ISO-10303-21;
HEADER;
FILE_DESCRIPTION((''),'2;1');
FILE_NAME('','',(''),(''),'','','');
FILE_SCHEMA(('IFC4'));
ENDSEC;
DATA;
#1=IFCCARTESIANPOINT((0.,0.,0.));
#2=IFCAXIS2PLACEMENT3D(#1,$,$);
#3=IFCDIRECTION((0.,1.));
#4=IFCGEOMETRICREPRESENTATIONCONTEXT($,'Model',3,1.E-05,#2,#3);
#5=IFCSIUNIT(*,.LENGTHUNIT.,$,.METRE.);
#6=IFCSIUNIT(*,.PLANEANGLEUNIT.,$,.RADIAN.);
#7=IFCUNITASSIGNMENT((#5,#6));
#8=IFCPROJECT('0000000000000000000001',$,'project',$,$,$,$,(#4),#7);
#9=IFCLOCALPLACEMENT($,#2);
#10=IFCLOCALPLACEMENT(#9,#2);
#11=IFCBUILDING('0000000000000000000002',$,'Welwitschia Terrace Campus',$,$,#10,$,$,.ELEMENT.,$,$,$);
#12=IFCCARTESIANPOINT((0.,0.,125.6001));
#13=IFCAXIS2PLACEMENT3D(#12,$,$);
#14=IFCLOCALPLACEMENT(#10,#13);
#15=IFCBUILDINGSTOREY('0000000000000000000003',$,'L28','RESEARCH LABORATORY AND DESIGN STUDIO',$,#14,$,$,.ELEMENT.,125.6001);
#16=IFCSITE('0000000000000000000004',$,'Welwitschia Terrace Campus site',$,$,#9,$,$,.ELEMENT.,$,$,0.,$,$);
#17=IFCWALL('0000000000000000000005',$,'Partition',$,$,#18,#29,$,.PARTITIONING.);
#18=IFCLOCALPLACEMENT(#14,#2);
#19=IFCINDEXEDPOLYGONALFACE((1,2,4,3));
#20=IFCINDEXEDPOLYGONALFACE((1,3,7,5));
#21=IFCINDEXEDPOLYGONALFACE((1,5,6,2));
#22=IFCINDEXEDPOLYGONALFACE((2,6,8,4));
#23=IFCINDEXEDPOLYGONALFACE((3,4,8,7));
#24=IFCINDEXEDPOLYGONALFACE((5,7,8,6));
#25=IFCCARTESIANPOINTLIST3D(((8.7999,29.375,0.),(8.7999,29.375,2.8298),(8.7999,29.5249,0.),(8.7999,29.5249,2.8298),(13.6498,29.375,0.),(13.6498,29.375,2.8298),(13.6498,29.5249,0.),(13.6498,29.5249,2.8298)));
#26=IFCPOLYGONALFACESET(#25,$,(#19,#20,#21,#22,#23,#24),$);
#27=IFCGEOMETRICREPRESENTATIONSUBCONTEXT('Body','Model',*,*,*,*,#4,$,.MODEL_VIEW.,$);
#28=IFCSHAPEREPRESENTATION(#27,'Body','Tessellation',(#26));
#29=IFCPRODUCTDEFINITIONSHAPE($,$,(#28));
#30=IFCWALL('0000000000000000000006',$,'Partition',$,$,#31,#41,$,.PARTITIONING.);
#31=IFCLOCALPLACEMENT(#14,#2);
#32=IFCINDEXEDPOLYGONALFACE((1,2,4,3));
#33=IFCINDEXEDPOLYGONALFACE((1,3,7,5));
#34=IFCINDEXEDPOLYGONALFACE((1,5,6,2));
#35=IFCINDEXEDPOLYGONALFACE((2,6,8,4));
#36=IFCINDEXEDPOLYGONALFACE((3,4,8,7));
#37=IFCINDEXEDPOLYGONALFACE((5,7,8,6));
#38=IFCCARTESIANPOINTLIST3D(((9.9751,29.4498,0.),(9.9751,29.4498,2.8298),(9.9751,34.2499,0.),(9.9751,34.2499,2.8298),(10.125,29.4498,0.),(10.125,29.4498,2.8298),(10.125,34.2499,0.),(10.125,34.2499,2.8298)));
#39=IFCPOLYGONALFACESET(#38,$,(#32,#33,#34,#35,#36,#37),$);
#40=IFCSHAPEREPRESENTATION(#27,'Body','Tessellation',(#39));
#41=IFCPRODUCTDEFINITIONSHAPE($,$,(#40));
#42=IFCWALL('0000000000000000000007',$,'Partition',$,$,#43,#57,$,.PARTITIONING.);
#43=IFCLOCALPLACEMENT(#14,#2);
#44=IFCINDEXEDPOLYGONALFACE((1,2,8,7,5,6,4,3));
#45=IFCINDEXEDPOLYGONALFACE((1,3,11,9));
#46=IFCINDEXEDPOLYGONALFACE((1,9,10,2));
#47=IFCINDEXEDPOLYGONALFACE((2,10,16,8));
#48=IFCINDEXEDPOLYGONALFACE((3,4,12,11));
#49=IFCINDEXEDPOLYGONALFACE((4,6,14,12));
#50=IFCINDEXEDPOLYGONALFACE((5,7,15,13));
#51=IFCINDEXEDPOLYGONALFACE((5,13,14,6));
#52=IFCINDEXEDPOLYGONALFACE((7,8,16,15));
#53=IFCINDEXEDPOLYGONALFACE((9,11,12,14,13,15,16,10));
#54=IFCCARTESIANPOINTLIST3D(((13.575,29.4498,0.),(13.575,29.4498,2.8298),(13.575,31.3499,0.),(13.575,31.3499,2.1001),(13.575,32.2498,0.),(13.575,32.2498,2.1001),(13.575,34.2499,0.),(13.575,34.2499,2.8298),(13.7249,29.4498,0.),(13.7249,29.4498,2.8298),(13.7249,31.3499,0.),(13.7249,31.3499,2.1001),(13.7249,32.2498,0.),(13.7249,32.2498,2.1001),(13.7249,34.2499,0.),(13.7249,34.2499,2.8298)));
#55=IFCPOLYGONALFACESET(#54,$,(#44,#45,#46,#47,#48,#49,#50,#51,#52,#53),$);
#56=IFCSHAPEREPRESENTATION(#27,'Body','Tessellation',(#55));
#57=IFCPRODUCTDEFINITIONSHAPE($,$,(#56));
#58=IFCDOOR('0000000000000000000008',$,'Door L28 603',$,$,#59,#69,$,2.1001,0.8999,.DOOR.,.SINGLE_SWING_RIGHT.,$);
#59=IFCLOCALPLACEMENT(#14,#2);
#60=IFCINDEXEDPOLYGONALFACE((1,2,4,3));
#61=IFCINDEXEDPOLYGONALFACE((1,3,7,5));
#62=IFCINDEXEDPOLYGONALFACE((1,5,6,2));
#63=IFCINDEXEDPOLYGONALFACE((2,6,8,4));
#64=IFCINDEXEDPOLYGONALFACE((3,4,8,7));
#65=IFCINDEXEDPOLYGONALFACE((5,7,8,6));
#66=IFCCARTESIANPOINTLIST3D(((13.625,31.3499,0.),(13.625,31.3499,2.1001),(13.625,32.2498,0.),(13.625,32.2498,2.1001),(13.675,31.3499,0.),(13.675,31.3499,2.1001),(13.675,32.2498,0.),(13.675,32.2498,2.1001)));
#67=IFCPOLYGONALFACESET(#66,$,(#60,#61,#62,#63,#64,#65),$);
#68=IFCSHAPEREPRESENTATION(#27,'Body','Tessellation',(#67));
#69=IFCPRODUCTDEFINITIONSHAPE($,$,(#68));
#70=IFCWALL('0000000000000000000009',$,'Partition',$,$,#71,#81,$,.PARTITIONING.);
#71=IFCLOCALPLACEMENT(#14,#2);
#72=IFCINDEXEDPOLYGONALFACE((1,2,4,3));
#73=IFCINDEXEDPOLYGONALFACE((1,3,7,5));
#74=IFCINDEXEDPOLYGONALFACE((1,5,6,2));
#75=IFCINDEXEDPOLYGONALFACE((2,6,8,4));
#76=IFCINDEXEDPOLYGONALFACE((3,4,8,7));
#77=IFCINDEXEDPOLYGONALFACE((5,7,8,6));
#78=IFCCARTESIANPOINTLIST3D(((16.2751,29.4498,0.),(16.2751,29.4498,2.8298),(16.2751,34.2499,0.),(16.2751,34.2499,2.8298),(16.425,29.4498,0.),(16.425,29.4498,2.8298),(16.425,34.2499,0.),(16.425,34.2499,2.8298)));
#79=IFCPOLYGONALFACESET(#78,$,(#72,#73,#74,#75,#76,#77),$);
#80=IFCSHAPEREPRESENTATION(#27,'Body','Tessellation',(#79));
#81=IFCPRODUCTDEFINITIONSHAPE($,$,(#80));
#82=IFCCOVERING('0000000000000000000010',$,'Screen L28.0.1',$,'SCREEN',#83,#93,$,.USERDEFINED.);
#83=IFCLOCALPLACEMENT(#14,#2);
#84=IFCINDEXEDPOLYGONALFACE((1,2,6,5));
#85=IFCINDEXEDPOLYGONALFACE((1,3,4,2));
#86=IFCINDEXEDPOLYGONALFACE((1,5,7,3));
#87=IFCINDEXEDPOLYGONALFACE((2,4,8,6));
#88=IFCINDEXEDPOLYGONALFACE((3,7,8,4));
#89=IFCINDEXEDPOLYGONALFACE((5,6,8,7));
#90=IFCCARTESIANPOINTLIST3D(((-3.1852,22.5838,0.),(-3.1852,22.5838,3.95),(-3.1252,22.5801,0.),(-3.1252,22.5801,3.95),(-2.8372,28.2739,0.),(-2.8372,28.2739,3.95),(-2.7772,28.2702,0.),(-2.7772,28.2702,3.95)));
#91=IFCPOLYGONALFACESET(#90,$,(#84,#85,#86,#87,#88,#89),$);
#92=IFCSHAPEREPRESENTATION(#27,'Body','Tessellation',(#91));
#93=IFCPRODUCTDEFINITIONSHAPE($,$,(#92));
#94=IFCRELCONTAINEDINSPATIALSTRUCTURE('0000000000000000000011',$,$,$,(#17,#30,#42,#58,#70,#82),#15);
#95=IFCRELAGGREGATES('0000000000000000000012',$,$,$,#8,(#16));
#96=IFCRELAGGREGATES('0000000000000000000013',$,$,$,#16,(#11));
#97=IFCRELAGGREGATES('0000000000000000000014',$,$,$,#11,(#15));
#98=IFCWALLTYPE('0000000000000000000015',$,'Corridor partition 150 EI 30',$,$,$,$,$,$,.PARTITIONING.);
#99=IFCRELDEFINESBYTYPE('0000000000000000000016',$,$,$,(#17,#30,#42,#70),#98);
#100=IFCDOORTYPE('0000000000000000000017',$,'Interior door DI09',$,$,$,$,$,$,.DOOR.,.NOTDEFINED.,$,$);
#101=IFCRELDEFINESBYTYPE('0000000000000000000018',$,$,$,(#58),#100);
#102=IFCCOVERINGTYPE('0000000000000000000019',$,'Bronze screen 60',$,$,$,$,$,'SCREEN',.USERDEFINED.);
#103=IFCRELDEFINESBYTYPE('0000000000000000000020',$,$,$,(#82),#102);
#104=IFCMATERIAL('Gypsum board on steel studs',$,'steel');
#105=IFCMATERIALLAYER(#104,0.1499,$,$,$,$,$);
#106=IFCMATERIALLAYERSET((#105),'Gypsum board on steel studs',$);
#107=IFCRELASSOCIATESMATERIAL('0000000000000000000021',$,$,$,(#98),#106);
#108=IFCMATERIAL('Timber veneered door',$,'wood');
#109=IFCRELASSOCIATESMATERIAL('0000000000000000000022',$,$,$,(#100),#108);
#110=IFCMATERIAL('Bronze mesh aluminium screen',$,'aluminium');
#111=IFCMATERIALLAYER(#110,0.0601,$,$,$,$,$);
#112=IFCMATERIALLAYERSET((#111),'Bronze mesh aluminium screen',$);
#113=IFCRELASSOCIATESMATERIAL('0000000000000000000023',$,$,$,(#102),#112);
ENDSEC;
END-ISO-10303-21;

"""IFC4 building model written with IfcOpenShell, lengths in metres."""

from ifc_helpers import new_model, si_unit, direction, frame, frame_2d, origin, origin_2d, place, context, subcontext, project, spatial, rectangle, extrude, material, layer, layer_set, type_object, element, fill, save


model = new_model("IFC4")

# Units and contexts
model_context = context("Model", 3, precision=1e-05, world=origin(), true_north=direction((0.0, 1.0)))
body_context = subcontext(model_context, "Body", "Model", "MODEL_VIEW")
ifc_project = project(units=[si_unit("LENGTHUNIT", "METRE"), si_unit("PLANEANGLEUNIT", "RADIAN")], contexts=[model_context])

# Site, building, storey
site_placement = place(None, origin())
site = spatial("IfcSite", under=ifc_project, at=site_placement, Name="Welwitschia Terrace Campus site", CompositionType="ELEMENT", RefElevation=0.0)
building_placement = place(site_placement, origin())
building = spatial("IfcBuilding", under=site, at=building_placement, Name="Welwitschia Terrace Campus", CompositionType="ELEMENT")
storey_placement = place(building_placement, frame((0.0, 0.0, 125.6001)))
storey = spatial("IfcBuildingStorey", under=building, at=storey_placement, Name="L28", Description="RESEARCH LABORATORY AND DESIGN STUDIO", CompositionType="ELEMENT", Elevation=125.6001)

# Shared definitions
ifc_material_1 = material(Name="Gypsum board on steel studs", Category="steel")
ifc_layer_1 = layer(ifc_material_1, 0.1499)
ifc_layer_set_1 = layer_set([ifc_layer_1], Name="Gypsum board on steel studs")
wall_type_1 = type_object("IfcWallType", Name="Corridor partition 150 EI 30", PredefinedType="PARTITIONING", material=ifc_layer_set_1)

# Shared definitions
ifc_material_2 = material(Name="Timber veneered door", Category="wood")
door_type = type_object("IfcDoorType", Name="Interior door DI09", OperationType="NOTDEFINED", PredefinedType="DOOR", material=ifc_material_2)

# Walls
wall_1_placement = place(storey_placement, frame((8.8, 29.45, 0.0), z_axis=(0.0, 0.0, 1.0), x_axis=(1.0, 0.0, 0.0)))
element("IfcWall", 1, at=wall_1_placement, inside=storey, type_object=wall_type_1, Name="Partition", PredefinedType="PARTITIONING", context=body_context, shape_type="SweptSolid", body=[
    extrude(rectangle(XDim=4.8499, YDim=0.1499, at=frame_2d((2.4248, 0.0))), origin(), (0.0, 0.0, 1.0), 2.8298),
])
wall_2_placement = place(storey_placement, frame((10.05, 29.45, 0.0), z_axis=(0.0, 0.0, 1.0), x_axis=(0.0, 1.0, 0.0)))
element("IfcWall", 2, at=wall_2_placement, inside=storey, type_object=wall_type_1, Name="Partition", PredefinedType="PARTITIONING", context=body_context, shape_type="SweptSolid", body=[
    extrude(rectangle(XDim=4.8, YDim=0.1499, at=frame_2d((2.3999, 0.0))), origin(), (0.0, 0.0, 1.0), 2.8298),
])

# Wall, opening, door
wall_3_placement = place(storey_placement, frame((13.6499, 29.45, 0.0), z_axis=(0.0, 0.0, 1.0), x_axis=(0.0, 1.0, 0.0)))
wall_3 = element("IfcWall", 3, at=wall_3_placement, inside=storey, type_object=wall_type_1, Name="Partition", PredefinedType="PARTITIONING", context=body_context, shape_type="SweptSolid", body=[
    extrude(rectangle(XDim=4.8, YDim=0.1499, at=frame_2d((2.3999, 0.0))), origin(), (0.0, 0.0, 1.0), 2.8298),
])
opening_1_placement = place(wall_3_placement, frame((1.8999, 0.0, 0.0)))
opening_1 = element("IfcOpeningElement", 4, at=opening_1_placement, cuts=wall_3, PredefinedType="OPENING", context=body_context, shape_type="SweptSolid", body=[
    extrude(rectangle(XDim=0.8999, YDim=2.1001, at=frame_2d((0.45, 1.05))), frame((0.0, 0.085, 0.0), z_axis=(0.0, -1.0, 0.0), x_axis=(1.0, 0.0, 0.0)), (0.0, 0.0, 1.0), 0.1699),
])
door_1_placement = place(opening_1_placement, origin())
door_1 = element("IfcDoor", 5, at=door_1_placement, inside=storey, type_object=door_type, Name="Door L28 603", OperationType="SINGLE_SWING_RIGHT", OverallHeight=2.1001, OverallWidth=0.8999, PredefinedType="DOOR", context=body_context, shape_type="SweptSolid", body=[
    extrude(rectangle(XDim=0.8999, YDim=2.1001, at=frame_2d((0.45, 1.05))), frame((0.0, 0.0249, 0.0), z_axis=(0.0, -1.0, 0.0), x_axis=(1.0, 0.0, 0.0)), (0.0, 0.0, 1.0), 0.05),
])
fill(opening_1, door_1)

# Wall
wall_4_placement = place(storey_placement, frame((16.3501, 29.45, 0.0), z_axis=(0.0, 0.0, 1.0), x_axis=(0.0, 1.0, 0.0)))
element("IfcWall", 6, at=wall_4_placement, inside=storey, type_object=wall_type_1, Name="Partition", PredefinedType="PARTITIONING", context=body_context, shape_type="SweptSolid", body=[
    extrude(rectangle(XDim=4.8, YDim=0.1499, at=frame_2d((2.3999, 0.0))), origin(), (0.0, 0.0, 1.0), 2.8298),
])

# Covering
ifc_material_3 = material(Name="Bronze mesh aluminium screen", Category="aluminium")
ifc_layer_2 = layer(ifc_material_3, 0.0601)
ifc_layer_set_2 = layer_set([ifc_layer_2], Name="Bronze mesh aluminium screen")
covering_type = type_object("IfcCoveringType", Name="Bronze screen 60", ElementType="SCREEN", PredefinedType="USERDEFINED", material=ifc_layer_set_2)
covering_placement = place(storey_placement, frame((-2.9812, 25.427, 0.0), z_axis=(0.0, 0.0, 1.0), x_axis=(-0.061049, -0.998135, 0.0)))
element("IfcCovering", 7, at=covering_placement, inside=storey, type_object=covering_type, Name="Screen L28.0.1", ObjectType="SCREEN", PredefinedType="USERDEFINED", context=body_context, shape_type="SweptSolid", body=[
    extrude(rectangle(XDim=5.7007, YDim=0.0601, at=origin_2d()), origin(), (0.0, 0.0, 1.0), 3.95),
])

save(model, "model.ifc")
